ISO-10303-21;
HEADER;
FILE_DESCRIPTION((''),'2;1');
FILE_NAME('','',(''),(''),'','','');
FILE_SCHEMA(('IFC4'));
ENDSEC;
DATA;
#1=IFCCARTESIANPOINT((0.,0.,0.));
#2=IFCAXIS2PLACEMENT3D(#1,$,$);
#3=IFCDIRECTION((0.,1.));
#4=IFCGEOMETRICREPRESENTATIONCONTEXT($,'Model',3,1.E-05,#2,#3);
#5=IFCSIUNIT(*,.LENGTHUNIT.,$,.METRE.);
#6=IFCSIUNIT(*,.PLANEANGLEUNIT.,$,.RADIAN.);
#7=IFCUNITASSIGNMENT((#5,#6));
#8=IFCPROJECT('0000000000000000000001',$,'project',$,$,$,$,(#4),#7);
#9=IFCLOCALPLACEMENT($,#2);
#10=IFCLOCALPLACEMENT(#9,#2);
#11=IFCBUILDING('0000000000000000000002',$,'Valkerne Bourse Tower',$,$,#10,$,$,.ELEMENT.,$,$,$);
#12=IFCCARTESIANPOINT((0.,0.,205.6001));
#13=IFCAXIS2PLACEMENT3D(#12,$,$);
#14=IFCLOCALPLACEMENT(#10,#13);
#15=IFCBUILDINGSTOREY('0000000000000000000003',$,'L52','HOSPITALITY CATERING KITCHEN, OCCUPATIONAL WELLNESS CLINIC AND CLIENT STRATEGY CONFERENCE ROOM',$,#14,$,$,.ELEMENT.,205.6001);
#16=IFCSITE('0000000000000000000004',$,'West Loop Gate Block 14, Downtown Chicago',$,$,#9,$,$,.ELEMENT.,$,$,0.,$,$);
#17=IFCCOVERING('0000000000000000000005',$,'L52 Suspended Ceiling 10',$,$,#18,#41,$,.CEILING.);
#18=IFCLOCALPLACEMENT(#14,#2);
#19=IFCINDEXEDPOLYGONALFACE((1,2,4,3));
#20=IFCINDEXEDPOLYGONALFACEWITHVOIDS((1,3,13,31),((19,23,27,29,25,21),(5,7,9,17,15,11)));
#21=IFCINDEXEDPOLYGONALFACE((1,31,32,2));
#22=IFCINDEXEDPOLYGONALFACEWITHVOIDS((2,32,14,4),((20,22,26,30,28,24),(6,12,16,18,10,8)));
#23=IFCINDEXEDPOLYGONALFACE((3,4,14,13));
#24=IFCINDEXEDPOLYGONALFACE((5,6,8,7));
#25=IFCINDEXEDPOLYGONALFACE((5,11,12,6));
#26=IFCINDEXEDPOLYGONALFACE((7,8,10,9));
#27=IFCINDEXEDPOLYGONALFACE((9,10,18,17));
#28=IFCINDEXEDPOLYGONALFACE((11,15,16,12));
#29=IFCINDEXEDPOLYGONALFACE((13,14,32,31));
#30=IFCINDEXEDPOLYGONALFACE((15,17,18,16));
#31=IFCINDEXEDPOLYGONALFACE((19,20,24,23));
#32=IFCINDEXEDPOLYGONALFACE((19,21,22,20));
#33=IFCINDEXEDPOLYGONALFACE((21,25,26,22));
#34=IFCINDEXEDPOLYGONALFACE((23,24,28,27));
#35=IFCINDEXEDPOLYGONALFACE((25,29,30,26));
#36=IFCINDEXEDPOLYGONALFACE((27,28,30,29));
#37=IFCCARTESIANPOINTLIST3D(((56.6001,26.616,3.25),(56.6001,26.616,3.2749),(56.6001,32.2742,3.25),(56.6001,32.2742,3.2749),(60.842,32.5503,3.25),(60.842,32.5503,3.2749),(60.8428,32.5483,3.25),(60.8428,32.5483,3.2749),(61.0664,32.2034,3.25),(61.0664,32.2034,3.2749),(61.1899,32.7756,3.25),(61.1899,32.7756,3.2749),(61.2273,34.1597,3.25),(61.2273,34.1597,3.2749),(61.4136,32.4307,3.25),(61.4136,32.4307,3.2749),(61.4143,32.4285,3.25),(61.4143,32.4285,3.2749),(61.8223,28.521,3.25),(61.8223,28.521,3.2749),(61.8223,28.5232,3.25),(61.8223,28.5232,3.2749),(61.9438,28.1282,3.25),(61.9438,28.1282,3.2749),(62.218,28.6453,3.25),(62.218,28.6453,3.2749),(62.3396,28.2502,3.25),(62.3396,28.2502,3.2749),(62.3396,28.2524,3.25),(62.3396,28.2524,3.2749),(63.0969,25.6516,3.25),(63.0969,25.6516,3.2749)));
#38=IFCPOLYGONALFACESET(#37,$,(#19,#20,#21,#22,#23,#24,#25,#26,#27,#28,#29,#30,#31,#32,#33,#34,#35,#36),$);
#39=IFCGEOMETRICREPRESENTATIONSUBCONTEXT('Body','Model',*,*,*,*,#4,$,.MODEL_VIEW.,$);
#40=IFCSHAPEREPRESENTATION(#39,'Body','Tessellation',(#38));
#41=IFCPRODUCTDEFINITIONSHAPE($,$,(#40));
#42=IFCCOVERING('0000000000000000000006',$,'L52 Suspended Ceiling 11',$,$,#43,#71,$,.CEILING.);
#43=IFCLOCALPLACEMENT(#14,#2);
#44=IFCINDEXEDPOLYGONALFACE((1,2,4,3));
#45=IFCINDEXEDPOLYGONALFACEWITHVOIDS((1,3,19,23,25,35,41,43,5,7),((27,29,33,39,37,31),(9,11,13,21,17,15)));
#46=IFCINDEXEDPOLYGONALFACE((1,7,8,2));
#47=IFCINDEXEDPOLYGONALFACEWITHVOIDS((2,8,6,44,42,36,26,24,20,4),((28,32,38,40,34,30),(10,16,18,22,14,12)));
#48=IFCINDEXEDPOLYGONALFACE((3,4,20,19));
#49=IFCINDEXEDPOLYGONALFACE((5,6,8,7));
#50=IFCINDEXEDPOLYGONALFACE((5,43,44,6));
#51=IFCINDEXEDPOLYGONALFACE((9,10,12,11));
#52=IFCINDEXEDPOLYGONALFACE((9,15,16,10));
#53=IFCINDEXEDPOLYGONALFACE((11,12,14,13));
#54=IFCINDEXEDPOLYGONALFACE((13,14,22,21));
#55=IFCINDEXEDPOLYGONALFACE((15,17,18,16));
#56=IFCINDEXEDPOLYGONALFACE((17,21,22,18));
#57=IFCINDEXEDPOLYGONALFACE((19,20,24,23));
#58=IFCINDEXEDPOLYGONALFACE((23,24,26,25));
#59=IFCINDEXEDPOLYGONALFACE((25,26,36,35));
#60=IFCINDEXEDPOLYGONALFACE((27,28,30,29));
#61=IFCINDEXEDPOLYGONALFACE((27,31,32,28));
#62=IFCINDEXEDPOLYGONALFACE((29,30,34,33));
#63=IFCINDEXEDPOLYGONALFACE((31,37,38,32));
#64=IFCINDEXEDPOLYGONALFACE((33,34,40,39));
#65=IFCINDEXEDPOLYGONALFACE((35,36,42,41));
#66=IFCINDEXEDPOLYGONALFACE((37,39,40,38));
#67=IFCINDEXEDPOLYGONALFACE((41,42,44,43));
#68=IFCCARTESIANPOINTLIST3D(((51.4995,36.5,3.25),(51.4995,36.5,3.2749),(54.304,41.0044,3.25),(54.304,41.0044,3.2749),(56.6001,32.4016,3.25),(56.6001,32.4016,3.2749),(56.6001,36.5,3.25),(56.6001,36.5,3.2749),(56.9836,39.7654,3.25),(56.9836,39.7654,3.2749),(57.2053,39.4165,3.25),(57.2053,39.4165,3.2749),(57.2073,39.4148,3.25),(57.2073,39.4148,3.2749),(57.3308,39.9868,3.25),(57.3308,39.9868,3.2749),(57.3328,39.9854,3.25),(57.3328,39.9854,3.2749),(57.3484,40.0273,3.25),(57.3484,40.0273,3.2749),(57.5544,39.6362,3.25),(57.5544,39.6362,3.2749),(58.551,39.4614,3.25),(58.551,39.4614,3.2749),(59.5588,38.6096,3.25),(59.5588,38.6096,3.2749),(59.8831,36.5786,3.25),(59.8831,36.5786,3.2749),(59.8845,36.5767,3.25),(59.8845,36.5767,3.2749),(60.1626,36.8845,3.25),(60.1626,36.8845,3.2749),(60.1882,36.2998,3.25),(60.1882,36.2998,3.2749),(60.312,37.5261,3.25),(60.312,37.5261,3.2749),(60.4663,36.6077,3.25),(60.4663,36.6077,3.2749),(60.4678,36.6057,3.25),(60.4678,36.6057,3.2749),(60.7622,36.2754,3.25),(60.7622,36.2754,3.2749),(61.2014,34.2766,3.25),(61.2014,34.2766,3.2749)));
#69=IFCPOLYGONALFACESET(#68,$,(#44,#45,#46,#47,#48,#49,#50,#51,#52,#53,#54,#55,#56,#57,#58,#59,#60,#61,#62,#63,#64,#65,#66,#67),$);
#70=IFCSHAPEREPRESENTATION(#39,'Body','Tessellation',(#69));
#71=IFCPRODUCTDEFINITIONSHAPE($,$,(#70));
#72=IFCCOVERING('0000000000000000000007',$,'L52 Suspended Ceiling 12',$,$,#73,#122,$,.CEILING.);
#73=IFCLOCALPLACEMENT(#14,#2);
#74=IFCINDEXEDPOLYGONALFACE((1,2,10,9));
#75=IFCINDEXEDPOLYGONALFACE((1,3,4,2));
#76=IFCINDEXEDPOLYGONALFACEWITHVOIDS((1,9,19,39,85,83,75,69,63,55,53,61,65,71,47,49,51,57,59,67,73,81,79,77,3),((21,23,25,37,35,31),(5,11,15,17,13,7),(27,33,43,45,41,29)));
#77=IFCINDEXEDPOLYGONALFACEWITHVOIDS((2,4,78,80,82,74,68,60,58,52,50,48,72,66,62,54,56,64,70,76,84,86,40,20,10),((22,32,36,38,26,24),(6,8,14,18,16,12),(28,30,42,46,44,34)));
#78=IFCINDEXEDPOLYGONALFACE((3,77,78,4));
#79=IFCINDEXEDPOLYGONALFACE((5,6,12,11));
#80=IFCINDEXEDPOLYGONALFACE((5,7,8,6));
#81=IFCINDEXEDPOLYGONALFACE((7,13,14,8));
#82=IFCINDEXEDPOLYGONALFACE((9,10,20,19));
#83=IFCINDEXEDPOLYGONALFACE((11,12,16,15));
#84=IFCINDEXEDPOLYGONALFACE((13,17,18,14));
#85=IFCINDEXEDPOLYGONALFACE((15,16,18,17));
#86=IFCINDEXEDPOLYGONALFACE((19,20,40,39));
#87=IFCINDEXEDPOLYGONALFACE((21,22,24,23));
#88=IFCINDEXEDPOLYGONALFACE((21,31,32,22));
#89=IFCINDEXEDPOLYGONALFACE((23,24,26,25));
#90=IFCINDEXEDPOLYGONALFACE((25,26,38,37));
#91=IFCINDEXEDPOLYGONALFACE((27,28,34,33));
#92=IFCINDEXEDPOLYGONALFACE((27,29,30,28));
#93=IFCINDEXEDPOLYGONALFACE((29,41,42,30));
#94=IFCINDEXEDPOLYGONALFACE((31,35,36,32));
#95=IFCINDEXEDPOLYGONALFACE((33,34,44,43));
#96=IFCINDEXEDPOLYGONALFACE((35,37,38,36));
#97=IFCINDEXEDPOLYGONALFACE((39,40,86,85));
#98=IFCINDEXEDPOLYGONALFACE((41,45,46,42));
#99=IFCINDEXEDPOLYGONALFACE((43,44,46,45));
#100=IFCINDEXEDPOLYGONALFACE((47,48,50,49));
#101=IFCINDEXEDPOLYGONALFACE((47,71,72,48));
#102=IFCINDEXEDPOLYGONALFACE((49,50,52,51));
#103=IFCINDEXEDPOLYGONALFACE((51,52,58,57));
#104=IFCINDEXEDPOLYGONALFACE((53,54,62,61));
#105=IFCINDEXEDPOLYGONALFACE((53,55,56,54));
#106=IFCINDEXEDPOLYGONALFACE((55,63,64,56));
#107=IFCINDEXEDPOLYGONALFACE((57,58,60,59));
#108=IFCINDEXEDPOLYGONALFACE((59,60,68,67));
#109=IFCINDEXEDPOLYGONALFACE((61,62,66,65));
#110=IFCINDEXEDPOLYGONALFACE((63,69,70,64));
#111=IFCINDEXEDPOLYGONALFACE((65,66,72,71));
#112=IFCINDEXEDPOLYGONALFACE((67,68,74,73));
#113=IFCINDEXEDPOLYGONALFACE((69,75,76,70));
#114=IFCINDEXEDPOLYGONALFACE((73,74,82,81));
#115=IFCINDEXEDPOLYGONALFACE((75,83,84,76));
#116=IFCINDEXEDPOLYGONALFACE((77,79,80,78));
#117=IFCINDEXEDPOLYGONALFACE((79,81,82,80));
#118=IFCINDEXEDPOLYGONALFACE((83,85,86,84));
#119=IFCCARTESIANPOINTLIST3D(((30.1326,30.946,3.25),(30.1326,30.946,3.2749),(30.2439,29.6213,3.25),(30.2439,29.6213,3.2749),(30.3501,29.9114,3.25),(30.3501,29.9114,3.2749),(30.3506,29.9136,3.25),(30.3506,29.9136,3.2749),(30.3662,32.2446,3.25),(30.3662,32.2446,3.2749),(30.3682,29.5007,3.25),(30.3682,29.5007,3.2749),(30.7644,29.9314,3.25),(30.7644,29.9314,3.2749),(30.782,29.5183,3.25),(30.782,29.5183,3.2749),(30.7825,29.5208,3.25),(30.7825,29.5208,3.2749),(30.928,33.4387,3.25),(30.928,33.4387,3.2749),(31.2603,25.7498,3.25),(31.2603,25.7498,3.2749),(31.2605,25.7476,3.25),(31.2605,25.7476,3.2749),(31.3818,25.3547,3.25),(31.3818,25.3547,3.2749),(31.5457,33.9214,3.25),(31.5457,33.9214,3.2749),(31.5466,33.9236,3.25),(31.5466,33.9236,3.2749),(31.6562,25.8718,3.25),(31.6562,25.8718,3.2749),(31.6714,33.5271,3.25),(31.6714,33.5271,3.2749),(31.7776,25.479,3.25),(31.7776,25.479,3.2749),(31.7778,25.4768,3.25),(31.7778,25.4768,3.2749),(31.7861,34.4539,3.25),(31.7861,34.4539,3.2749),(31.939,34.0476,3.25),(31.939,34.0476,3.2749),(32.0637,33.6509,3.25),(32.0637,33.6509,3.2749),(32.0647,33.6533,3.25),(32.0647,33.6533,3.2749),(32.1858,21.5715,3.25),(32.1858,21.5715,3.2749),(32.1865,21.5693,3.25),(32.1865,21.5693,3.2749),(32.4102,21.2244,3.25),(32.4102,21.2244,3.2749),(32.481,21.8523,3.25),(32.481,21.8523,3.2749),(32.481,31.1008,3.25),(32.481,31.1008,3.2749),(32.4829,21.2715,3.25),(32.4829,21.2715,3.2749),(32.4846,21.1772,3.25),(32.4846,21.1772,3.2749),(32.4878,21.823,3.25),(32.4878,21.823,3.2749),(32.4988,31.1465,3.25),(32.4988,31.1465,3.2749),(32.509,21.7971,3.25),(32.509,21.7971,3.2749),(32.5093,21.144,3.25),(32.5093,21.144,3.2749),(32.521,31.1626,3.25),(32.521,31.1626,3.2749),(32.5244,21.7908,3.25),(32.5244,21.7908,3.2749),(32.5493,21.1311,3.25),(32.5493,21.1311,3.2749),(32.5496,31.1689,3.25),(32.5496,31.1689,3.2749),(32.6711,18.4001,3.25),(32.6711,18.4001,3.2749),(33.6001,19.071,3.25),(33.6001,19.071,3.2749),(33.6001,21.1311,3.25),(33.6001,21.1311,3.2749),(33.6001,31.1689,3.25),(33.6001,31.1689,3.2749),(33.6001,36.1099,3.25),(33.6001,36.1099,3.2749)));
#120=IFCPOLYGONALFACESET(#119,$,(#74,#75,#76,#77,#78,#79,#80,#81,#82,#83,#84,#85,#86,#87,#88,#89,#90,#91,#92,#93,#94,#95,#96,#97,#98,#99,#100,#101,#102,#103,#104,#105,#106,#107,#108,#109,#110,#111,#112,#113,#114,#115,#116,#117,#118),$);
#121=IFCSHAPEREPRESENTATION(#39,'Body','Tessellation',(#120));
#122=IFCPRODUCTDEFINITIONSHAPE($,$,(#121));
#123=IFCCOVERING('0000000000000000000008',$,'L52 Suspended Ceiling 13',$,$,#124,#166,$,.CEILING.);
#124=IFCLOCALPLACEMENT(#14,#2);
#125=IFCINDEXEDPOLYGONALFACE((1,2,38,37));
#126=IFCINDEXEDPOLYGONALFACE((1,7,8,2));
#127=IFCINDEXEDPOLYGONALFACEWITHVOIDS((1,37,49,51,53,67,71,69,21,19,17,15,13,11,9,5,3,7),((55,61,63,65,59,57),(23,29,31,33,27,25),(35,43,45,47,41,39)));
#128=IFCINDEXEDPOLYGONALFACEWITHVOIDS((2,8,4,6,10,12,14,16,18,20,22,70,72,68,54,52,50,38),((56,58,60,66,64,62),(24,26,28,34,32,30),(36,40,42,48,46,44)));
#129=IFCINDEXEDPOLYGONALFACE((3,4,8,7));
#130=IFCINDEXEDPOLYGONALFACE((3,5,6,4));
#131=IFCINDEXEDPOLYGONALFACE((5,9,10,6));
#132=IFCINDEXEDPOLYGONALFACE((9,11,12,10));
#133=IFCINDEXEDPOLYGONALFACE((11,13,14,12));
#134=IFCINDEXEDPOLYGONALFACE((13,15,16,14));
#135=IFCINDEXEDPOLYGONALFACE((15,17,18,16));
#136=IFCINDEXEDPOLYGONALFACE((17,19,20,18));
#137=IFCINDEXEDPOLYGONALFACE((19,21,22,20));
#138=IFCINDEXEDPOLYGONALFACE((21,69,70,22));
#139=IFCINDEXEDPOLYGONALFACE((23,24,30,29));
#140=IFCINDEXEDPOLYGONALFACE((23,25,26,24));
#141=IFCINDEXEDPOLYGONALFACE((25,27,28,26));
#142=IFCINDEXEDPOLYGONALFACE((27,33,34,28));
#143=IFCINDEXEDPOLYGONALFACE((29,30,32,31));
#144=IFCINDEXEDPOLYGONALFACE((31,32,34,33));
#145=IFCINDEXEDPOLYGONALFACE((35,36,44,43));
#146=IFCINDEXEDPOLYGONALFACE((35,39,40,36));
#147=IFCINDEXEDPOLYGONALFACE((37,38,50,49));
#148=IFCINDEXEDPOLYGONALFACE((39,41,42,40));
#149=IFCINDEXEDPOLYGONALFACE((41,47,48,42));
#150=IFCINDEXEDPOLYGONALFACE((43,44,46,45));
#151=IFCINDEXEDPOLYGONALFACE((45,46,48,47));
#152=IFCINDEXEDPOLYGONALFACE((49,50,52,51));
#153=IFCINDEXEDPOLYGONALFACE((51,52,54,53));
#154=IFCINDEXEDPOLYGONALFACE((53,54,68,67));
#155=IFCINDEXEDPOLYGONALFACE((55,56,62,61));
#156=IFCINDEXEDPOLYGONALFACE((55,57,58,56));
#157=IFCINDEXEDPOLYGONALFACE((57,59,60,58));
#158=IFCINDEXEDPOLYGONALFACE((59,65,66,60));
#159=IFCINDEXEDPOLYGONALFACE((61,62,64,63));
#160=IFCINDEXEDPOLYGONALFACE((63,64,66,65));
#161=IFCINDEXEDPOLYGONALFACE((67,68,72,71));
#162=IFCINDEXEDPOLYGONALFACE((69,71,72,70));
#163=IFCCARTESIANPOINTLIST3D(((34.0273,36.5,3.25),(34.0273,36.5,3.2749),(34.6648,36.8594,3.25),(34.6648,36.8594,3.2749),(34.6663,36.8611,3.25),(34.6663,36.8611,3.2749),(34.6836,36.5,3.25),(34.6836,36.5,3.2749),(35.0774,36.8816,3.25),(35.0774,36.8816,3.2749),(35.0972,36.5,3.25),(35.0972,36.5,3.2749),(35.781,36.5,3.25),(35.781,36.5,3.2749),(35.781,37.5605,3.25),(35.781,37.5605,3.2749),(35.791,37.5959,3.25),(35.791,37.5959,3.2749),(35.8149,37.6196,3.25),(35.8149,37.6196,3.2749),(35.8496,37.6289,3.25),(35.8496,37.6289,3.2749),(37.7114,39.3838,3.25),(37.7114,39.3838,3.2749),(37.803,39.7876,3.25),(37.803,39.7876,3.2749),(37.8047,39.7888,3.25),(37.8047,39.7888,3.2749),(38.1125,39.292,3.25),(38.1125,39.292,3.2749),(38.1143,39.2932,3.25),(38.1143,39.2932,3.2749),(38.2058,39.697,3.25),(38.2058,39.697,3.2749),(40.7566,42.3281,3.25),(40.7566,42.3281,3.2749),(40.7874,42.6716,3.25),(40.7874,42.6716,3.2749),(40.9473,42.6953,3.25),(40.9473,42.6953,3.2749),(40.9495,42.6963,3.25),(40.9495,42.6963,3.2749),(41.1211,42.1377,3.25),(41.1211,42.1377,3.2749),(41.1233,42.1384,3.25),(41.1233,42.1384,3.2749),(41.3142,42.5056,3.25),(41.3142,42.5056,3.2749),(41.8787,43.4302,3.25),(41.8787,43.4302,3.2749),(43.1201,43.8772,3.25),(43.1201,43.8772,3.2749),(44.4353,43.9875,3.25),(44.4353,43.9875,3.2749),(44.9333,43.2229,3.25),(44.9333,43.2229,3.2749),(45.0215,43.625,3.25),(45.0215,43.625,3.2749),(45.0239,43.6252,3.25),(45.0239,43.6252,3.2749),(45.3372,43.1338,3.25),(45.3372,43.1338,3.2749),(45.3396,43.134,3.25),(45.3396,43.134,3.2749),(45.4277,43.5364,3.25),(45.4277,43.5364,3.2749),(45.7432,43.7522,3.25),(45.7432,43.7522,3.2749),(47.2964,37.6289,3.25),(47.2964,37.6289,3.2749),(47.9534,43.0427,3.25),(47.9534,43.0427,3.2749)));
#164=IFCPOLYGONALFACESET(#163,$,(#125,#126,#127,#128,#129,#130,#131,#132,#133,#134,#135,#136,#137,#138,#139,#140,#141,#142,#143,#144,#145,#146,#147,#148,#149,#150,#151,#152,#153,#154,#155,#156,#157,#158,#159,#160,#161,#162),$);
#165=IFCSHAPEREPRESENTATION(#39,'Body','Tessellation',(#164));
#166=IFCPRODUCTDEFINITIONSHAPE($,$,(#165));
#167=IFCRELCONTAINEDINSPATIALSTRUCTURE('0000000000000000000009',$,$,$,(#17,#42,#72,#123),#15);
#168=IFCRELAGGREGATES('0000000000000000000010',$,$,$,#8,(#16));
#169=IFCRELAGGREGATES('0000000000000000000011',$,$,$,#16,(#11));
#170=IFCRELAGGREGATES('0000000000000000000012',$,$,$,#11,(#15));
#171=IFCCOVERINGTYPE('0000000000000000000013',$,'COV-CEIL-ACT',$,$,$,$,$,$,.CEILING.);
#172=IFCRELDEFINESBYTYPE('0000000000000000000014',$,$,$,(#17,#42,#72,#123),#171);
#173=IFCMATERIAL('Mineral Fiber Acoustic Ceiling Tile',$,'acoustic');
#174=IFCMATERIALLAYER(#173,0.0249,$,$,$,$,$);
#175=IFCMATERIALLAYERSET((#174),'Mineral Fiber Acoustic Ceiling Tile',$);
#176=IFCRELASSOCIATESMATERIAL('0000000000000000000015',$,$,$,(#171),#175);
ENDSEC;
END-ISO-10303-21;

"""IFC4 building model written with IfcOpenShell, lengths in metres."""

from ifc_helpers import new_model, si_unit, direction, frame, origin, place, context, subcontext, project, spatial, polyline, outline, extrude, material, layer, layer_set, type_object, element, save


model = new_model("IFC4")

# Units and contexts
model_context = context("Model", 3, precision=1e-05, world=origin(), true_north=direction((0.0, 1.0)))
body_context = subcontext(model_context, "Body", "Model", "MODEL_VIEW")
ifc_project = project(units=[si_unit("LENGTHUNIT", "METRE"), si_unit("PLANEANGLEUNIT", "RADIAN")], contexts=[model_context])

# Site, building, storey
site_placement = place(None, origin())
site = spatial("IfcSite", under=ifc_project, at=site_placement, Name="West Loop Gate Block 14, Downtown Chicago", CompositionType="ELEMENT", RefElevation=0.0)
building_placement = place(site_placement, origin())
building = spatial("IfcBuilding", under=site, at=building_placement, Name="Valkerne Bourse Tower", CompositionType="ELEMENT")
storey_placement = place(building_placement, frame((0.0, 0.0, 205.6001)))
storey = spatial("IfcBuildingStorey", under=building, at=storey_placement, Name="L52", Description="HOSPITALITY CATERING KITCHEN, OCCUPATIONAL WELLNESS CLINIC AND CLIENT STRATEGY CONFERENCE ROOM", CompositionType="ELEMENT", Elevation=205.6001)

# Coverings
ifc_material_1 = material(Name="Mineral Fiber Acoustic Ceiling Tile", Category="acoustic")
ifc_layer_1 = layer(ifc_material_1, 0.0249)
ifc_layer_set_1 = layer_set([ifc_layer_1], Name="Mineral Fiber Acoustic Ceiling Tile")
covering_type_1 = type_object("IfcCoveringType", Name="COV-CEIL-ACT", PredefinedType="CEILING", material=ifc_layer_set_1)
covering_1_placement = place(storey_placement, frame((0.0, 0.0, 3.25)))
element("IfcCovering", 1, at=covering_1_placement, inside=storey, type_object=covering_type_1, Name="L52 Suspended Ceiling 10", PredefinedType="CEILING", context=body_context, shape_type="SweptSolid", body=[
    extrude(outline(polyline([(61.2273, 34.1597), (63.0969, 25.6516), (56.6001, 26.616), (56.6001, 32.2742), (61.2273, 34.1597)]), holes=[polyline([(62.3396, 28.2524), (62.218, 28.6453), (61.8223, 28.5232), (61.8223, 28.521), (61.9438, 28.1282), (62.3396, 28.2502), (62.3396, 28.2524)]), polyline([(61.4136, 32.4307), (61.1899, 32.7756), (60.842, 32.5503), (60.8428, 32.5483), (61.0664, 32.2034), (61.4143, 32.4285), (61.4136, 32.4307)])]), origin(), (0.0, 0.0, 1.0), 0.0249),
])
covering_2_placement = place(storey_placement, frame((0.0, 0.0, 3.25)))
element("IfcCovering", 2, at=covering_2_placement, inside=storey, type_object=covering_type_1, Name="L52 Suspended Ceiling 11", PredefinedType="CEILING", context=body_context, shape_type="SweptSolid", body=[
    extrude(outline(polyline([(59.5588, 38.6096), (60.312, 37.5261), (60.7622, 36.2754), (61.2014, 34.2766), (56.6001, 32.4016), (56.6001, 36.5), (51.4995, 36.5), (54.304, 41.0044), (57.3484, 40.0273), (58.551, 39.4614), (59.5588, 38.6096)]), holes=[polyline([(60.4663, 36.6077), (60.1626, 36.8845), (59.8831, 36.5786), (59.8845, 36.5767), (60.1882, 36.2998), (60.4678, 36.6057), (60.4663, 36.6077)]), polyline([(57.3328, 39.9854), (57.3308, 39.9868), (56.9836, 39.7654), (57.2053, 39.4165), (57.2073, 39.4148), (57.5544, 39.6362), (57.3328, 39.9854)])]), origin(), (0.0, 0.0, 1.0), 0.0249),
])
covering_3_placement = place(storey_placement, frame((0.0, 0.0, 3.25)))
element("IfcCovering", 3, at=covering_3_placement, inside=storey, type_object=covering_type_1, Name="L52 Suspended Ceiling 12", PredefinedType="CEILING", context=body_context, shape_type="SweptSolid", body=[
    extrude(outline(polyline([(30.3662, 32.2446), (30.928, 33.4387), (31.7861, 34.4539), (33.6001, 36.1099), (33.6001, 31.1689), (32.5496, 31.1689), (32.521, 31.1626), (32.4988, 31.1465), (32.481, 31.1008), (32.481, 21.8523), (32.4878, 21.823), (32.509, 21.7971), (32.5244, 21.7908), (32.1858, 21.5715), (32.1865, 21.5693), (32.4102, 21.2244), (32.4829, 21.2715), (32.4846, 21.1772), (32.5093, 21.144), (32.5493, 21.1311), (33.6001, 21.1311), (33.6001, 19.071), (32.6711, 18.4001), (30.2439, 29.6213), (30.1326, 30.946), (30.3662, 32.2446)]), holes=[polyline([(31.7776, 25.479), (31.6562, 25.8718), (31.2603, 25.7498), (31.2605, 25.7476), (31.3818, 25.3547), (31.7778, 25.4768), (31.7776, 25.479)]), polyline([(30.7825, 29.5208), (30.7644, 29.9314), (30.3506, 29.9136), (30.3501, 29.9114), (30.3682, 29.5007), (30.782, 29.5183), (30.7825, 29.5208)]), polyline([(32.0647, 33.6533), (31.939, 34.0476), (31.5466, 33.9236), (31.5457, 33.9214), (31.6714, 33.5271), (32.0637, 33.6509), (32.0647, 33.6533)])]), origin(), (0.0, 0.0, 1.0), 0.0249),
])
covering_4_placement = place(storey_placement, frame((0.0, 0.0, 3.25)))
element("IfcCovering", 4, at=covering_4_placement, inside=storey, type_object=covering_type_1, Name="L52 Suspended Ceiling 13", PredefinedType="CEILING", context=body_context, shape_type="SweptSolid", body=[
    extrude(outline(polyline([(40.7874, 42.6716), (41.8787, 43.4302), (43.1201, 43.8772), (44.4353, 43.9875), (45.7432, 43.7522), (47.9534, 43.0427), (47.2964, 37.6289), (35.8496, 37.6289), (35.8149, 37.6196), (35.791, 37.5959), (35.781, 37.5605), (35.781, 36.5), (35.0972, 36.5), (35.0774, 36.8816), (34.6663, 36.8611), (34.6648, 36.8594), (34.6836, 36.5), (34.0273, 36.5), (40.7874, 42.6716)]), holes=[polyline([(38.1143, 39.2932), (38.2058, 39.697), (37.8047, 39.7888), (37.803, 39.7876), (37.7114, 39.3838), (38.1125, 39.292), (38.1143, 39.2932)]), polyline([(41.1233, 42.1384), (41.3142, 42.5056), (40.9495, 42.6963), (40.9473, 42.6953), (40.7566, 42.3281), (41.1211, 42.1377), (41.1233, 42.1384)]), polyline([(45.4277, 43.5364), (45.0239, 43.6252), (45.0215, 43.625), (44.9333, 43.2229), (45.3372, 43.1338), (45.3396, 43.134), (45.4277, 43.5364)])]), origin(), (0.0, 0.0, 1.0), 0.0249),
])

save(model, "model.ifc")
